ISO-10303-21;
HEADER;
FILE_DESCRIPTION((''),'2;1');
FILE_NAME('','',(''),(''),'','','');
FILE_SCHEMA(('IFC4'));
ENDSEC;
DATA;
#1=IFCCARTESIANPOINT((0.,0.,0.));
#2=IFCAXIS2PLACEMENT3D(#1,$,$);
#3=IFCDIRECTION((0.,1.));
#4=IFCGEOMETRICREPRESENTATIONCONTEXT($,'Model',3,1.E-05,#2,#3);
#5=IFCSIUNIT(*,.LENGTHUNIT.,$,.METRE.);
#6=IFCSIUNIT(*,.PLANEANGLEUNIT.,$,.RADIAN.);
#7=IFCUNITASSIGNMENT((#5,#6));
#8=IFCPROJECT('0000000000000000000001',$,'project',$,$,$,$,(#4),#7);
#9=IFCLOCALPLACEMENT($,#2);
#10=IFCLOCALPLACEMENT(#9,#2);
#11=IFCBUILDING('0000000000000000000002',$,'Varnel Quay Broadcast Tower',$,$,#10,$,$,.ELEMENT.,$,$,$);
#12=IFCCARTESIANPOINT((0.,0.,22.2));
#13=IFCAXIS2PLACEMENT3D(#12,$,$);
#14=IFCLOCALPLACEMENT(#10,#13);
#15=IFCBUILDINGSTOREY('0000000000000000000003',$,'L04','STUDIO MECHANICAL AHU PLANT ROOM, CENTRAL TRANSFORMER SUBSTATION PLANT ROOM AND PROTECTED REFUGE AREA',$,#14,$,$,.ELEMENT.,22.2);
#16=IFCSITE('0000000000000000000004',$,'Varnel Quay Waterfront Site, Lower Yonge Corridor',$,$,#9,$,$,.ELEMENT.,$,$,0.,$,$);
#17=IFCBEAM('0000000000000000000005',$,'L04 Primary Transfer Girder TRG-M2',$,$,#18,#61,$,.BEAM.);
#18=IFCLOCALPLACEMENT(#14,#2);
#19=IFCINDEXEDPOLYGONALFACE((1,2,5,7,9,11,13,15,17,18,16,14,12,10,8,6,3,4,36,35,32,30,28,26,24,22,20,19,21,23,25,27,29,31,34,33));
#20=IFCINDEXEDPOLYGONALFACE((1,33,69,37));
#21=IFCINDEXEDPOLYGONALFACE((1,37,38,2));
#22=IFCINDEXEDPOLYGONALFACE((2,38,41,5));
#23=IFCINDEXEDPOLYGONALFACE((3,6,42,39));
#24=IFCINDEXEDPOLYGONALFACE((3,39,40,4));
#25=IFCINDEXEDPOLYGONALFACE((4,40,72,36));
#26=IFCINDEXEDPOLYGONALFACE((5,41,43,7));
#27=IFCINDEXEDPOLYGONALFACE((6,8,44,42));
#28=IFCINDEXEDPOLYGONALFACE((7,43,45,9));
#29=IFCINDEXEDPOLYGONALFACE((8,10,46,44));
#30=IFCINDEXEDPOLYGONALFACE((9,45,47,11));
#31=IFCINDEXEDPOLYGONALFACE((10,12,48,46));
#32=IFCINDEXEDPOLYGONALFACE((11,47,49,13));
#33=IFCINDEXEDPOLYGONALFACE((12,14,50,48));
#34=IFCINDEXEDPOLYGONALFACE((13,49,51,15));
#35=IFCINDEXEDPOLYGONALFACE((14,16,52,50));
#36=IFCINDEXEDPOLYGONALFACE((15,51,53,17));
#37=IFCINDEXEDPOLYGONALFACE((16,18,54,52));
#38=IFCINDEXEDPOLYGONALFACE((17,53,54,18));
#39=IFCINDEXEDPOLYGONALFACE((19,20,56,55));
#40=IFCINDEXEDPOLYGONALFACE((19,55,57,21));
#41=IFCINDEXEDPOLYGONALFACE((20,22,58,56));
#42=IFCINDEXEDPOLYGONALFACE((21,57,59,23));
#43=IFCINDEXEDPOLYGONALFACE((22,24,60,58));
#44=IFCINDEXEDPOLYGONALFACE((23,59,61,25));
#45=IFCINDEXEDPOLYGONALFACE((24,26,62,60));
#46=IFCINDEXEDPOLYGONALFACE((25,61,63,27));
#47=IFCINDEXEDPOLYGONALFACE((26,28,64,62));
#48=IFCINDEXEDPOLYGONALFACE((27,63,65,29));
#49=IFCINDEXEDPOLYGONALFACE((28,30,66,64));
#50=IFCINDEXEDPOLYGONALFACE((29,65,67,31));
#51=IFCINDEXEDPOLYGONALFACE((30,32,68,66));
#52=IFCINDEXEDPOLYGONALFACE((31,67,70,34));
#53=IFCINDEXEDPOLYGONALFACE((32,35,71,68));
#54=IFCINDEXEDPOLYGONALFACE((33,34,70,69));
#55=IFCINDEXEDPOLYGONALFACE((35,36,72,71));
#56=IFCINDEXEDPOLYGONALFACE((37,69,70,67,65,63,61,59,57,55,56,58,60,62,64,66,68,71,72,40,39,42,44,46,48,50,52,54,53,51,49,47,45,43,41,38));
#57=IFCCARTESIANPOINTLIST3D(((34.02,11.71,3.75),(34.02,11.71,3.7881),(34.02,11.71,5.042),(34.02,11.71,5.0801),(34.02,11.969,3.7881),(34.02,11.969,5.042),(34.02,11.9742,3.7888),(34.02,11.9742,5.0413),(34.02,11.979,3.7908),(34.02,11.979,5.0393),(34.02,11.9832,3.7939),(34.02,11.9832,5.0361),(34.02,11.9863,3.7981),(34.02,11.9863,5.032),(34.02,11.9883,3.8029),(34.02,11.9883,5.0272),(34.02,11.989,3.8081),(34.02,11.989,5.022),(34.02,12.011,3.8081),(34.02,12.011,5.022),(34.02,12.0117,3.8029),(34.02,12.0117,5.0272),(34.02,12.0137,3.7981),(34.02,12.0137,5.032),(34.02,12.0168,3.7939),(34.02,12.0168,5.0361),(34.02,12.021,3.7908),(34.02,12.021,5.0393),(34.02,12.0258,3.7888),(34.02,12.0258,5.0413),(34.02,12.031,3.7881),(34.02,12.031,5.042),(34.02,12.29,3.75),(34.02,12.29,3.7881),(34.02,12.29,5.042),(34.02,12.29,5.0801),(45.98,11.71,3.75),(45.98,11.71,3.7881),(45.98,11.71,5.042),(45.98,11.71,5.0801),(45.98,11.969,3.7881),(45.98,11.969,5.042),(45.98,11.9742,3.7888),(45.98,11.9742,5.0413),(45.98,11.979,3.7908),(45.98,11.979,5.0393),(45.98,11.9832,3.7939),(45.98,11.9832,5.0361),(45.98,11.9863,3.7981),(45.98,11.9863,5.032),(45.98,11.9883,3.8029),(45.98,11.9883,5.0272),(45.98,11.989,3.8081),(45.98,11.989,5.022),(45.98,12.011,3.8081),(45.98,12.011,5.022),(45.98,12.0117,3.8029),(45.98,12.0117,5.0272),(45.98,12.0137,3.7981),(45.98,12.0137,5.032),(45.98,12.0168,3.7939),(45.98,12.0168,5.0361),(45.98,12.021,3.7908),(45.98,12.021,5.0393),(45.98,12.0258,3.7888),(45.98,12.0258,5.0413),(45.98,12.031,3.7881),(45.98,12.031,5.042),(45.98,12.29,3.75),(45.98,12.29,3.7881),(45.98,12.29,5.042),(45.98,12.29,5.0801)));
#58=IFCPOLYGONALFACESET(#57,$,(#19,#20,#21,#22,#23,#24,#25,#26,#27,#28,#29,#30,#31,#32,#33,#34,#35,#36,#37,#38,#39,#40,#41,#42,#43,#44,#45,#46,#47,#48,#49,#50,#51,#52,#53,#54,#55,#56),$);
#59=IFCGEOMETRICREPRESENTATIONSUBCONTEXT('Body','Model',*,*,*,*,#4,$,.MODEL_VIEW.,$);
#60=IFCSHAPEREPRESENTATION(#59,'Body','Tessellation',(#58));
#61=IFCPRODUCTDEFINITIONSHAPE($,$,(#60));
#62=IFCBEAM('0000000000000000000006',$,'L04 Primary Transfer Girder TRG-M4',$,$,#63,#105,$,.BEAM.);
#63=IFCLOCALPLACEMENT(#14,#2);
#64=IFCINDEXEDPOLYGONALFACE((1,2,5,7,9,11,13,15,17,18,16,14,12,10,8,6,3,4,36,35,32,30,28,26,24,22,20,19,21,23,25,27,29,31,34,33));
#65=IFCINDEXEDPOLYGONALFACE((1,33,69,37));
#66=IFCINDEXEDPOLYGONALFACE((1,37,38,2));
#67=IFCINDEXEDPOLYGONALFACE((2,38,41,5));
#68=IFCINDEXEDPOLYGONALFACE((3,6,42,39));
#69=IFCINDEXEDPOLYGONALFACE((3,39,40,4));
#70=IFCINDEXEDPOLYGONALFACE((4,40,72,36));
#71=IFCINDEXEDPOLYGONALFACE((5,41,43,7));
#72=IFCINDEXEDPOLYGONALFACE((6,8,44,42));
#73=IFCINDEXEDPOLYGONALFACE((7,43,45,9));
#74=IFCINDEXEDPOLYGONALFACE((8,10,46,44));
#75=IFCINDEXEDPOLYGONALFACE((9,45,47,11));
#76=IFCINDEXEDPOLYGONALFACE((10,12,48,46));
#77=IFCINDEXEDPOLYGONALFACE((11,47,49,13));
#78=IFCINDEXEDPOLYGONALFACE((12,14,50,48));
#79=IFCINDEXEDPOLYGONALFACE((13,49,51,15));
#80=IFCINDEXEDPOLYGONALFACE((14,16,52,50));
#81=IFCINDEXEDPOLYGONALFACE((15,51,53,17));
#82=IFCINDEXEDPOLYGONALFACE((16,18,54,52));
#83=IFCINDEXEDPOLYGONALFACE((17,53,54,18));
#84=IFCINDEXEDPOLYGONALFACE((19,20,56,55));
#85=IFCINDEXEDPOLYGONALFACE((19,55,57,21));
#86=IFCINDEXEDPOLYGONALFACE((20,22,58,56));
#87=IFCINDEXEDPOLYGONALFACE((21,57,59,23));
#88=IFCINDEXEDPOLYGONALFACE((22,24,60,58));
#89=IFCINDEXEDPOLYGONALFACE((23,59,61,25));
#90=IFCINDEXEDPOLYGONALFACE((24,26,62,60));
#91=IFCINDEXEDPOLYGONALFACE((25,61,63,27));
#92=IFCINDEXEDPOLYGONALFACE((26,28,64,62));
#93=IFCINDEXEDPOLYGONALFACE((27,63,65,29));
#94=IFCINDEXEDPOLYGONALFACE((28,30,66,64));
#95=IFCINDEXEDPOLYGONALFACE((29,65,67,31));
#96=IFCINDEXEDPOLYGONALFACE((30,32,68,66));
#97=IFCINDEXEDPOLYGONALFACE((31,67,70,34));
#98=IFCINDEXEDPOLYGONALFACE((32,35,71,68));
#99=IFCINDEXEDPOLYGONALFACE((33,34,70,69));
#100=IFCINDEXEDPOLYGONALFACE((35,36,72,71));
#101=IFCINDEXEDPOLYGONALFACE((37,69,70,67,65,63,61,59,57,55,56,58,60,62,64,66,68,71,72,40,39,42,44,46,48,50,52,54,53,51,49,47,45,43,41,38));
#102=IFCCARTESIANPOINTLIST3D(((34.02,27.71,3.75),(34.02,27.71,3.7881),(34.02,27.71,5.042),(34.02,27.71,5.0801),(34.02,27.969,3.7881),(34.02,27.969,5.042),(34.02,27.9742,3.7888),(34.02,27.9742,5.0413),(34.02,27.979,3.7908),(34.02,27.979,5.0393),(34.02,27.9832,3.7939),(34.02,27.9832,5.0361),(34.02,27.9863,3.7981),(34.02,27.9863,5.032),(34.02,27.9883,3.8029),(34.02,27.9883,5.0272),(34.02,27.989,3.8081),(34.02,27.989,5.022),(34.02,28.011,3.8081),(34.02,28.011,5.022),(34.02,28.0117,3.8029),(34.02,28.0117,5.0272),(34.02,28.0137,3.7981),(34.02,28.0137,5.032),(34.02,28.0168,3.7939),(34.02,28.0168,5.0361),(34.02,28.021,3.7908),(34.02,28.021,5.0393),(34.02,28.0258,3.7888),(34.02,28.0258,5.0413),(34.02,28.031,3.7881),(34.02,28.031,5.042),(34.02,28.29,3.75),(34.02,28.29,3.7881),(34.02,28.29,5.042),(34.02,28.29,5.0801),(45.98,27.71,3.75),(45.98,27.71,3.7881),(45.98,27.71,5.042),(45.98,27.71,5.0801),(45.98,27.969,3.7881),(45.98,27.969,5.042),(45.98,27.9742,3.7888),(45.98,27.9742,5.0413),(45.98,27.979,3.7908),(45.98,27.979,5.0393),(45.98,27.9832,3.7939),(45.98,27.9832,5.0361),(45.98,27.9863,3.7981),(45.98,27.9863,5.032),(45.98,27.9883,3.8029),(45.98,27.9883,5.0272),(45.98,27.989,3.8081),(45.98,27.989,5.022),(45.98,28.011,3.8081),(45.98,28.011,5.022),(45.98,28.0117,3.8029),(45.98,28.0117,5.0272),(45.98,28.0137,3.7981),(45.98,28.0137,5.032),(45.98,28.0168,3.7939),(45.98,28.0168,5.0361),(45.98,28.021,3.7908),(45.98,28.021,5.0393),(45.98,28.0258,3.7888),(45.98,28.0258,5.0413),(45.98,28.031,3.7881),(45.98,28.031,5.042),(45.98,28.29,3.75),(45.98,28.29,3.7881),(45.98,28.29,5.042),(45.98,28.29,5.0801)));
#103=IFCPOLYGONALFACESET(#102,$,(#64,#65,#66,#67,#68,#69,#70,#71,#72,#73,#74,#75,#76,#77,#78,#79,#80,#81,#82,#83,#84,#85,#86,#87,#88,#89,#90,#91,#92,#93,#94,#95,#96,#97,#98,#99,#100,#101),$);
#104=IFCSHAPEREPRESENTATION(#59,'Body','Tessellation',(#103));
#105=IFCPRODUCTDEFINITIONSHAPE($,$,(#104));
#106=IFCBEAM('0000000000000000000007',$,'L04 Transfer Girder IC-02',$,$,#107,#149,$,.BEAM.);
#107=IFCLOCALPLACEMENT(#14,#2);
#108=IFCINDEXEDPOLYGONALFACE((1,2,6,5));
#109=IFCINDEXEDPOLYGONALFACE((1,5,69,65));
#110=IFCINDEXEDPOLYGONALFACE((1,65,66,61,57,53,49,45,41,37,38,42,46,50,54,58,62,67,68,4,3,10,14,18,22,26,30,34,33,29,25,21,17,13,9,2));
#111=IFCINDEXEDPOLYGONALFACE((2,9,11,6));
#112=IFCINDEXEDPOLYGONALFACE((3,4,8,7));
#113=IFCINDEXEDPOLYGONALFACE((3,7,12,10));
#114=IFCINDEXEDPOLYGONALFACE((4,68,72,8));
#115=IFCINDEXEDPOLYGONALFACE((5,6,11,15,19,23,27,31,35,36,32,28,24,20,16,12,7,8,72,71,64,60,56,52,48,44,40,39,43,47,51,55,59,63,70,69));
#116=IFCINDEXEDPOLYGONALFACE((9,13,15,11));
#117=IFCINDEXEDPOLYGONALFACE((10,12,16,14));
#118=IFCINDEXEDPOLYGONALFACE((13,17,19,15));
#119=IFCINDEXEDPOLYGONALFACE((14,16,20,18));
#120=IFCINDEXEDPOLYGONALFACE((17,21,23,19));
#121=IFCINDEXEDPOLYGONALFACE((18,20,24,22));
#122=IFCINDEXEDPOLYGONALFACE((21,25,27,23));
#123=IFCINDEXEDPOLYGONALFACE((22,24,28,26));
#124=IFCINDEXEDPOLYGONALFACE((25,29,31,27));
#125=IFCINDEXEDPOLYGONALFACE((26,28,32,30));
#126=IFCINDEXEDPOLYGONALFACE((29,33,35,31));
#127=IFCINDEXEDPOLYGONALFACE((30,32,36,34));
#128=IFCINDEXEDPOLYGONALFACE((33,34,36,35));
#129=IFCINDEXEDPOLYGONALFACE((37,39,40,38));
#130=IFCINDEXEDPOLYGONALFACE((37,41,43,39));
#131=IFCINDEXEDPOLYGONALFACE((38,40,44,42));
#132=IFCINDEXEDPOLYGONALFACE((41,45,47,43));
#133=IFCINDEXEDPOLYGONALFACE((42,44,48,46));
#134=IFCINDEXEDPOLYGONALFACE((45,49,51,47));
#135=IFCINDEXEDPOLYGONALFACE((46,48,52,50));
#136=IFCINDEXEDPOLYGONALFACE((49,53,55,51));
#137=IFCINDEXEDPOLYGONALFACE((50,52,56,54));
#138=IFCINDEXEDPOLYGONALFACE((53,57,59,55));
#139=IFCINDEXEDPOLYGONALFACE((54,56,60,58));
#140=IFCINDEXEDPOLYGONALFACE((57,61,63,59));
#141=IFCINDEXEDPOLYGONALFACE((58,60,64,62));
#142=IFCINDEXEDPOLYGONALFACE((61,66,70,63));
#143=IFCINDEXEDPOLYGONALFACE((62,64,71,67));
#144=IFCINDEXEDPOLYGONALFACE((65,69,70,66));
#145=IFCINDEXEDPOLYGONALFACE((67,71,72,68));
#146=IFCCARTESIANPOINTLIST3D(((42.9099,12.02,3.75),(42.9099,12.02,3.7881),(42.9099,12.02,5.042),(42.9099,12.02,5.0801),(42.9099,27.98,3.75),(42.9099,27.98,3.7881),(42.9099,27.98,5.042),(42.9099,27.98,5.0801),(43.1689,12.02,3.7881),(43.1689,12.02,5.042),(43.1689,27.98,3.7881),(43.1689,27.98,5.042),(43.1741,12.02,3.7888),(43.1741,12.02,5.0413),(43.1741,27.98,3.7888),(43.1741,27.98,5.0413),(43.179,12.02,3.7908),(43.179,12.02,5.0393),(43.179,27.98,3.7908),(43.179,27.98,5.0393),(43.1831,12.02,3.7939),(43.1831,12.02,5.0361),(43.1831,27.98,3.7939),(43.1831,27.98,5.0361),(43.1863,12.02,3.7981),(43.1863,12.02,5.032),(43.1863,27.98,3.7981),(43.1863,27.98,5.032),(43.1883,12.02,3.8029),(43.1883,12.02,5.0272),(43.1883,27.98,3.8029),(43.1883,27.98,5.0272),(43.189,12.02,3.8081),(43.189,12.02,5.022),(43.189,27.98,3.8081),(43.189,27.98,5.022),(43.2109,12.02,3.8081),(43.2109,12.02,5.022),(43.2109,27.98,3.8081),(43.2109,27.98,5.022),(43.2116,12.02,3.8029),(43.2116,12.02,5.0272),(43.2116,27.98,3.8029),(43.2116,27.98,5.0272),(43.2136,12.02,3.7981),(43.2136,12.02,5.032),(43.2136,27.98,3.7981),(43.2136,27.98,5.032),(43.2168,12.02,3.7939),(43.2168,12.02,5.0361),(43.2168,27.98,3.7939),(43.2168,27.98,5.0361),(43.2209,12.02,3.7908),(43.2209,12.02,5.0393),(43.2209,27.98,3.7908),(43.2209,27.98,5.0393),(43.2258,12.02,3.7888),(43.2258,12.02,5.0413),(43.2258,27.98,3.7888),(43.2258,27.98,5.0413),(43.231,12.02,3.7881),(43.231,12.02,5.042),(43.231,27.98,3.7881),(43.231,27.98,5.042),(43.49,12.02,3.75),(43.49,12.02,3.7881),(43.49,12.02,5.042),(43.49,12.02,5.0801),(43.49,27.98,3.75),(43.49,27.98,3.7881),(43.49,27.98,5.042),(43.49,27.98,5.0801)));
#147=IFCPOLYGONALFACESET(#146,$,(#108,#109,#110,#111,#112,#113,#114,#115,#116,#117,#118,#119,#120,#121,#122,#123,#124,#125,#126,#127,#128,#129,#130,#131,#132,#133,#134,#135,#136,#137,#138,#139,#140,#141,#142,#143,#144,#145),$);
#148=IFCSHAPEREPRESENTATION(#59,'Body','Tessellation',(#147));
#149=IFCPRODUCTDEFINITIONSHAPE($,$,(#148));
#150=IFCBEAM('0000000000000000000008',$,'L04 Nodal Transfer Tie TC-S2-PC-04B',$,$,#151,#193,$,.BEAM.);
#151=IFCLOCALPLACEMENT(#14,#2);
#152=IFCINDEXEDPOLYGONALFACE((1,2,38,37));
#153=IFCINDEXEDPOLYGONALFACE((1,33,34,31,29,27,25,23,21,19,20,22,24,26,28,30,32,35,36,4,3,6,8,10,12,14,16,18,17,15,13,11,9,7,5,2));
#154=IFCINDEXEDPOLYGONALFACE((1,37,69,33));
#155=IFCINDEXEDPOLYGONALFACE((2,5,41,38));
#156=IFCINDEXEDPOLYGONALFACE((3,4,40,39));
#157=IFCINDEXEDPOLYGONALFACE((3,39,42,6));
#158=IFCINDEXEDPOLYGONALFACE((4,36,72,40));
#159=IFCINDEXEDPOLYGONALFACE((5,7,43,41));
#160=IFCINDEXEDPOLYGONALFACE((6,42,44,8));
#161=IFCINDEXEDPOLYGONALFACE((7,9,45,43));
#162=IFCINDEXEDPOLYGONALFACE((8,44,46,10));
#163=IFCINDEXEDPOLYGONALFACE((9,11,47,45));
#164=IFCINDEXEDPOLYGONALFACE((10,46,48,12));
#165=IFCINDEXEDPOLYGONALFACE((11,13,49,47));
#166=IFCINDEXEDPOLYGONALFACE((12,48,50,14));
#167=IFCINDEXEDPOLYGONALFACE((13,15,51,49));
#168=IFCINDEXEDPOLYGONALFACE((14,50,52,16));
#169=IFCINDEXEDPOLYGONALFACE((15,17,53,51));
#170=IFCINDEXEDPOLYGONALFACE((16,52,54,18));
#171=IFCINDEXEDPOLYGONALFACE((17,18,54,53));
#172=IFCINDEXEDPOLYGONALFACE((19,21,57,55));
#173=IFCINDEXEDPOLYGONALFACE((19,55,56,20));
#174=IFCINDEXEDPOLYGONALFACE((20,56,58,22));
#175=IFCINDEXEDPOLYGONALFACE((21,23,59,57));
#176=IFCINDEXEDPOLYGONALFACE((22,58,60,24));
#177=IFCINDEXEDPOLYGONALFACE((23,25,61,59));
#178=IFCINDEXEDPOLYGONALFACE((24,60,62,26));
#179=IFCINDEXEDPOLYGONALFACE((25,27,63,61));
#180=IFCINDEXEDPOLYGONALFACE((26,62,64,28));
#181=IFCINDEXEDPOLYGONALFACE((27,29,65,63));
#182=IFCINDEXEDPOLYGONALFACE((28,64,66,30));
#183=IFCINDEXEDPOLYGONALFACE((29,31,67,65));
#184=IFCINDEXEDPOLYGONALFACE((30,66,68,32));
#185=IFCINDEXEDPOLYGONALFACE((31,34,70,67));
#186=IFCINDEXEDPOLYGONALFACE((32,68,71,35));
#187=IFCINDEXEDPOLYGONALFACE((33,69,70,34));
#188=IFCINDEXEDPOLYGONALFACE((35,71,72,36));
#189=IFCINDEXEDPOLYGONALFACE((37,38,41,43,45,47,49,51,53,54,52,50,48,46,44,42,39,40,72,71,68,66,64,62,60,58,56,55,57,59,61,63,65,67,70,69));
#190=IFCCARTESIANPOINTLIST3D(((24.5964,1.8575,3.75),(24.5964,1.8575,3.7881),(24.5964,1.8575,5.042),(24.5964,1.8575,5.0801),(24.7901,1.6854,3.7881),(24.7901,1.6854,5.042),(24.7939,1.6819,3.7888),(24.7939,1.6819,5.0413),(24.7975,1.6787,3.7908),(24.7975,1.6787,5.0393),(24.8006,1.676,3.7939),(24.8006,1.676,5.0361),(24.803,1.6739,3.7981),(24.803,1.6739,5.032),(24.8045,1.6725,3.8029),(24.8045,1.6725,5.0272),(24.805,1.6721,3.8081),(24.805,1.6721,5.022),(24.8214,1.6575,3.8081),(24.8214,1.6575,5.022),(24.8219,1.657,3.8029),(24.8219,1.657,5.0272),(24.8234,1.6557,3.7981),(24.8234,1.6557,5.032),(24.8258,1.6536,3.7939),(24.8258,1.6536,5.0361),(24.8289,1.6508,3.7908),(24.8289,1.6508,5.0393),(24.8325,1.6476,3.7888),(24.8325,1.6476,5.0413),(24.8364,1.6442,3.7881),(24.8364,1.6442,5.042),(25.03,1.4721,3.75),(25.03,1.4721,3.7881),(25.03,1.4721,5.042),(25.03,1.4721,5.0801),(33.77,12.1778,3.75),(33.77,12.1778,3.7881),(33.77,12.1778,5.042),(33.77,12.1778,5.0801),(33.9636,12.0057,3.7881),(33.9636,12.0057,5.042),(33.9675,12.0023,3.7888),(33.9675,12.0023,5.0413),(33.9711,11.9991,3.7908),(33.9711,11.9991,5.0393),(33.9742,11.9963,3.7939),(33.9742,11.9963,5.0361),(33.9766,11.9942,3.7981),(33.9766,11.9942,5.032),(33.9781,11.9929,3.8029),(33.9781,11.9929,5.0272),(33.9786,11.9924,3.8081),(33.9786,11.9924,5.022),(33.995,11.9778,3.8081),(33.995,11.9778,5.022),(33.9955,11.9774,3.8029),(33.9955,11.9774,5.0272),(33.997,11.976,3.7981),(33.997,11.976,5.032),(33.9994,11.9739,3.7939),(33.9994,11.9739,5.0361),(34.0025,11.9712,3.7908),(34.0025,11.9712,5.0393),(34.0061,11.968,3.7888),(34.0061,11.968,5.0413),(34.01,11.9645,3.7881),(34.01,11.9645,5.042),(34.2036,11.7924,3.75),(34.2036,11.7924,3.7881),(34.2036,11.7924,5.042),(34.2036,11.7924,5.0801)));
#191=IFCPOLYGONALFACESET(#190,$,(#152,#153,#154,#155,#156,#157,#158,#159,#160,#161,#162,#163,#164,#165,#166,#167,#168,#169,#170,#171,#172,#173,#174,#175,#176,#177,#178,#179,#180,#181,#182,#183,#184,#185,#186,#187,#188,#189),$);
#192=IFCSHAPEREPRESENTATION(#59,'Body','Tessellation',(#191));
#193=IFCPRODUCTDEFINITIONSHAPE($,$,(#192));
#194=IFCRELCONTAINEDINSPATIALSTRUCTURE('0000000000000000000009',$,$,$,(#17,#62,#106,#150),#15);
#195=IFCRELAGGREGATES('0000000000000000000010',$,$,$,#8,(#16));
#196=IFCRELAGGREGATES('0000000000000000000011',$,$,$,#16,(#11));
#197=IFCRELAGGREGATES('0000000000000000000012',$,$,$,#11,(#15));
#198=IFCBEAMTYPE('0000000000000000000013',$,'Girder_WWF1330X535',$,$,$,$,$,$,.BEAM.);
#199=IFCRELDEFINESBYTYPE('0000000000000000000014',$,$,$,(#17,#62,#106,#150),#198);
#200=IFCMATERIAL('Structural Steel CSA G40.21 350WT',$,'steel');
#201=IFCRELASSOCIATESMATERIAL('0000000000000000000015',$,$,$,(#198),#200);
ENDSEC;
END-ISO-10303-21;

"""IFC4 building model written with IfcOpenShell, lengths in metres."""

from ifc_helpers import new_model, si_unit, direction, frame, origin, origin_2d, place, context, subcontext, project, spatial, i_section, extrude, source, transform, mapped, material, material_profile, profile_set, type_object, element, save


model = new_model("IFC4")

# Units and contexts
model_context = context("Model", 3, precision=1e-05, world=origin(), true_north=direction((0.0, 1.0)))
body_context = subcontext(model_context, "Body", "Model", "MODEL_VIEW")
ifc_project = project(units=[si_unit("LENGTHUNIT", "METRE"), si_unit("PLANEANGLEUNIT", "RADIAN")], contexts=[model_context])

# Site, building, storey
site_placement = place(None, origin())
site = spatial("IfcSite", under=ifc_project, at=site_placement, Name="Varnel Quay Waterfront Site, Lower Yonge Corridor", CompositionType="ELEMENT", RefElevation=0.0)
building_placement = place(site_placement, origin())
building = spatial("IfcBuilding", under=site, at=building_placement, Name="Varnel Quay Broadcast Tower", CompositionType="ELEMENT")
storey_placement = place(building_placement, frame((0.0, 0.0, 22.2)))
storey = spatial("IfcBuildingStorey", under=building, at=storey_placement, Name="L04", Description="STUDIO MECHANICAL AHU PLANT ROOM, CENTRAL TRANSFORMER SUBSTATION PLANT ROOM AND PROTECTED REFUGE AREA", CompositionType="ELEMENT", Elevation=22.2)

# Beams
ifc_material_1 = material(Name="Structural Steel CSA G40.21 350WT", Category="steel")
ifc_material_profile_1 = material_profile(ifc_material_1, i_section(OverallWidth=0.5801, OverallDepth=1.3301, WebThickness=0.022, FlangeThickness=0.0381, FilletRadius=0.02, at=origin_2d()), Name="WWF1330X535")
ifc_profile_set_1 = profile_set([ifc_material_profile_1], Name="Structural Steel CSA G40.21 350WT")
beam_type_1 = type_object("IfcBeamType", Name="Girder_WWF1330X535", PredefinedType="BEAM", material=ifc_profile_set_1)
shared_shape_1 = source(origin(), body_context, "Body", "SweptSolid", [
    extrude(i_section(OverallWidth=0.5801, OverallDepth=1.3301, WebThickness=0.022, FlangeThickness=0.0381, FilletRadius=0.02, at=origin_2d()), origin(), (0.0, 0.0, 1.0), 11.96),
])
for number, where, z_axis, x_axis, name in (
    (1, (34.02, 12.0, 4.415), (1.0, 0.0, 0.0), (0.0, 1.0, 0.0), "L04 Primary Transfer Girder TRG-M2"),
    (2, (34.02, 28.0, 4.415), (1.0, 0.0, 0.0), (0.0, 1.0, 0.0), "L04 Primary Transfer Girder TRG-M4"),
):
    element("IfcBeam", number, at=place(storey_placement, frame(where, z_axis=z_axis, x_axis=x_axis)), inside=storey, type_object=beam_type_1, Name=name, PredefinedType="BEAM", context=body_context, shape_type="MappedRepresentation", body=[
        mapped(shared_shape_1, transform((0.0, 0.0, 0.0), x_axis=(1.0, 0.0, 0.0), y_axis=(0.0, 1.0, 0.0), z_axis=(0.0, 0.0, 1.0), scale=1.0)),
    ])
shared_shape_2 = source(origin(), body_context, "Body", "SweptSolid", [
    extrude(i_section(OverallWidth=0.5801, OverallDepth=1.3301, WebThickness=0.022, FlangeThickness=0.0381, FilletRadius=0.02, at=origin_2d()), origin(), (0.0, 0.0, 1.0), 15.96),
])
beam_1_placement = place(storey_placement, frame((43.2, 12.02, 4.415), z_axis=(0.0, 1.0, 0.0), x_axis=(-1.0, 0.0, 0.0)))
element("IfcBeam", 3, at=beam_1_placement, inside=storey, type_object=beam_type_1, Name="L04 Transfer Girder IC-02", PredefinedType="BEAM", context=body_context, shape_type="MappedRepresentation", body=[
    mapped(shared_shape_2, transform((0.0, 0.0, 0.0), x_axis=(1.0, 0.0, 0.0), y_axis=(0.0, 1.0, 0.0), z_axis=(0.0, 0.0, 1.0), scale=1.0)),
])
shared_shape_3 = source(origin(), body_context, "Body", "SweptSolid", [
    extrude(i_section(OverallWidth=0.5801, OverallDepth=1.3301, WebThickness=0.022, FlangeThickness=0.0381, FilletRadius=0.02, at=origin_2d()), origin(), (0.0, 0.0, 1.0), 13.8081),
])
for number, where, z_axis, x_axis, name in (
    (4, (33.9868, 11.9851, 4.415), (-0.664363, -0.74741, 0.0), (0.74741, -0.664363, 0.0), "L04 Nodal Transfer Tie TC-S2-PC-04B"),
):
    element("IfcBeam", number, at=place(storey_placement, frame(where, z_axis=z_axis, x_axis=x_axis)), inside=storey, type_object=beam_type_1, Name=name, PredefinedType="BEAM", context=body_context, shape_type="MappedRepresentation", body=[
        mapped(shared_shape_3, transform((0.0, 0.0, 0.0), x_axis=(1.0, 0.0, 0.0), y_axis=(0.0, 1.0, 0.0), z_axis=(0.0, 0.0, 1.0), scale=1.0)),
    ])

save(model, "model.ifc")
